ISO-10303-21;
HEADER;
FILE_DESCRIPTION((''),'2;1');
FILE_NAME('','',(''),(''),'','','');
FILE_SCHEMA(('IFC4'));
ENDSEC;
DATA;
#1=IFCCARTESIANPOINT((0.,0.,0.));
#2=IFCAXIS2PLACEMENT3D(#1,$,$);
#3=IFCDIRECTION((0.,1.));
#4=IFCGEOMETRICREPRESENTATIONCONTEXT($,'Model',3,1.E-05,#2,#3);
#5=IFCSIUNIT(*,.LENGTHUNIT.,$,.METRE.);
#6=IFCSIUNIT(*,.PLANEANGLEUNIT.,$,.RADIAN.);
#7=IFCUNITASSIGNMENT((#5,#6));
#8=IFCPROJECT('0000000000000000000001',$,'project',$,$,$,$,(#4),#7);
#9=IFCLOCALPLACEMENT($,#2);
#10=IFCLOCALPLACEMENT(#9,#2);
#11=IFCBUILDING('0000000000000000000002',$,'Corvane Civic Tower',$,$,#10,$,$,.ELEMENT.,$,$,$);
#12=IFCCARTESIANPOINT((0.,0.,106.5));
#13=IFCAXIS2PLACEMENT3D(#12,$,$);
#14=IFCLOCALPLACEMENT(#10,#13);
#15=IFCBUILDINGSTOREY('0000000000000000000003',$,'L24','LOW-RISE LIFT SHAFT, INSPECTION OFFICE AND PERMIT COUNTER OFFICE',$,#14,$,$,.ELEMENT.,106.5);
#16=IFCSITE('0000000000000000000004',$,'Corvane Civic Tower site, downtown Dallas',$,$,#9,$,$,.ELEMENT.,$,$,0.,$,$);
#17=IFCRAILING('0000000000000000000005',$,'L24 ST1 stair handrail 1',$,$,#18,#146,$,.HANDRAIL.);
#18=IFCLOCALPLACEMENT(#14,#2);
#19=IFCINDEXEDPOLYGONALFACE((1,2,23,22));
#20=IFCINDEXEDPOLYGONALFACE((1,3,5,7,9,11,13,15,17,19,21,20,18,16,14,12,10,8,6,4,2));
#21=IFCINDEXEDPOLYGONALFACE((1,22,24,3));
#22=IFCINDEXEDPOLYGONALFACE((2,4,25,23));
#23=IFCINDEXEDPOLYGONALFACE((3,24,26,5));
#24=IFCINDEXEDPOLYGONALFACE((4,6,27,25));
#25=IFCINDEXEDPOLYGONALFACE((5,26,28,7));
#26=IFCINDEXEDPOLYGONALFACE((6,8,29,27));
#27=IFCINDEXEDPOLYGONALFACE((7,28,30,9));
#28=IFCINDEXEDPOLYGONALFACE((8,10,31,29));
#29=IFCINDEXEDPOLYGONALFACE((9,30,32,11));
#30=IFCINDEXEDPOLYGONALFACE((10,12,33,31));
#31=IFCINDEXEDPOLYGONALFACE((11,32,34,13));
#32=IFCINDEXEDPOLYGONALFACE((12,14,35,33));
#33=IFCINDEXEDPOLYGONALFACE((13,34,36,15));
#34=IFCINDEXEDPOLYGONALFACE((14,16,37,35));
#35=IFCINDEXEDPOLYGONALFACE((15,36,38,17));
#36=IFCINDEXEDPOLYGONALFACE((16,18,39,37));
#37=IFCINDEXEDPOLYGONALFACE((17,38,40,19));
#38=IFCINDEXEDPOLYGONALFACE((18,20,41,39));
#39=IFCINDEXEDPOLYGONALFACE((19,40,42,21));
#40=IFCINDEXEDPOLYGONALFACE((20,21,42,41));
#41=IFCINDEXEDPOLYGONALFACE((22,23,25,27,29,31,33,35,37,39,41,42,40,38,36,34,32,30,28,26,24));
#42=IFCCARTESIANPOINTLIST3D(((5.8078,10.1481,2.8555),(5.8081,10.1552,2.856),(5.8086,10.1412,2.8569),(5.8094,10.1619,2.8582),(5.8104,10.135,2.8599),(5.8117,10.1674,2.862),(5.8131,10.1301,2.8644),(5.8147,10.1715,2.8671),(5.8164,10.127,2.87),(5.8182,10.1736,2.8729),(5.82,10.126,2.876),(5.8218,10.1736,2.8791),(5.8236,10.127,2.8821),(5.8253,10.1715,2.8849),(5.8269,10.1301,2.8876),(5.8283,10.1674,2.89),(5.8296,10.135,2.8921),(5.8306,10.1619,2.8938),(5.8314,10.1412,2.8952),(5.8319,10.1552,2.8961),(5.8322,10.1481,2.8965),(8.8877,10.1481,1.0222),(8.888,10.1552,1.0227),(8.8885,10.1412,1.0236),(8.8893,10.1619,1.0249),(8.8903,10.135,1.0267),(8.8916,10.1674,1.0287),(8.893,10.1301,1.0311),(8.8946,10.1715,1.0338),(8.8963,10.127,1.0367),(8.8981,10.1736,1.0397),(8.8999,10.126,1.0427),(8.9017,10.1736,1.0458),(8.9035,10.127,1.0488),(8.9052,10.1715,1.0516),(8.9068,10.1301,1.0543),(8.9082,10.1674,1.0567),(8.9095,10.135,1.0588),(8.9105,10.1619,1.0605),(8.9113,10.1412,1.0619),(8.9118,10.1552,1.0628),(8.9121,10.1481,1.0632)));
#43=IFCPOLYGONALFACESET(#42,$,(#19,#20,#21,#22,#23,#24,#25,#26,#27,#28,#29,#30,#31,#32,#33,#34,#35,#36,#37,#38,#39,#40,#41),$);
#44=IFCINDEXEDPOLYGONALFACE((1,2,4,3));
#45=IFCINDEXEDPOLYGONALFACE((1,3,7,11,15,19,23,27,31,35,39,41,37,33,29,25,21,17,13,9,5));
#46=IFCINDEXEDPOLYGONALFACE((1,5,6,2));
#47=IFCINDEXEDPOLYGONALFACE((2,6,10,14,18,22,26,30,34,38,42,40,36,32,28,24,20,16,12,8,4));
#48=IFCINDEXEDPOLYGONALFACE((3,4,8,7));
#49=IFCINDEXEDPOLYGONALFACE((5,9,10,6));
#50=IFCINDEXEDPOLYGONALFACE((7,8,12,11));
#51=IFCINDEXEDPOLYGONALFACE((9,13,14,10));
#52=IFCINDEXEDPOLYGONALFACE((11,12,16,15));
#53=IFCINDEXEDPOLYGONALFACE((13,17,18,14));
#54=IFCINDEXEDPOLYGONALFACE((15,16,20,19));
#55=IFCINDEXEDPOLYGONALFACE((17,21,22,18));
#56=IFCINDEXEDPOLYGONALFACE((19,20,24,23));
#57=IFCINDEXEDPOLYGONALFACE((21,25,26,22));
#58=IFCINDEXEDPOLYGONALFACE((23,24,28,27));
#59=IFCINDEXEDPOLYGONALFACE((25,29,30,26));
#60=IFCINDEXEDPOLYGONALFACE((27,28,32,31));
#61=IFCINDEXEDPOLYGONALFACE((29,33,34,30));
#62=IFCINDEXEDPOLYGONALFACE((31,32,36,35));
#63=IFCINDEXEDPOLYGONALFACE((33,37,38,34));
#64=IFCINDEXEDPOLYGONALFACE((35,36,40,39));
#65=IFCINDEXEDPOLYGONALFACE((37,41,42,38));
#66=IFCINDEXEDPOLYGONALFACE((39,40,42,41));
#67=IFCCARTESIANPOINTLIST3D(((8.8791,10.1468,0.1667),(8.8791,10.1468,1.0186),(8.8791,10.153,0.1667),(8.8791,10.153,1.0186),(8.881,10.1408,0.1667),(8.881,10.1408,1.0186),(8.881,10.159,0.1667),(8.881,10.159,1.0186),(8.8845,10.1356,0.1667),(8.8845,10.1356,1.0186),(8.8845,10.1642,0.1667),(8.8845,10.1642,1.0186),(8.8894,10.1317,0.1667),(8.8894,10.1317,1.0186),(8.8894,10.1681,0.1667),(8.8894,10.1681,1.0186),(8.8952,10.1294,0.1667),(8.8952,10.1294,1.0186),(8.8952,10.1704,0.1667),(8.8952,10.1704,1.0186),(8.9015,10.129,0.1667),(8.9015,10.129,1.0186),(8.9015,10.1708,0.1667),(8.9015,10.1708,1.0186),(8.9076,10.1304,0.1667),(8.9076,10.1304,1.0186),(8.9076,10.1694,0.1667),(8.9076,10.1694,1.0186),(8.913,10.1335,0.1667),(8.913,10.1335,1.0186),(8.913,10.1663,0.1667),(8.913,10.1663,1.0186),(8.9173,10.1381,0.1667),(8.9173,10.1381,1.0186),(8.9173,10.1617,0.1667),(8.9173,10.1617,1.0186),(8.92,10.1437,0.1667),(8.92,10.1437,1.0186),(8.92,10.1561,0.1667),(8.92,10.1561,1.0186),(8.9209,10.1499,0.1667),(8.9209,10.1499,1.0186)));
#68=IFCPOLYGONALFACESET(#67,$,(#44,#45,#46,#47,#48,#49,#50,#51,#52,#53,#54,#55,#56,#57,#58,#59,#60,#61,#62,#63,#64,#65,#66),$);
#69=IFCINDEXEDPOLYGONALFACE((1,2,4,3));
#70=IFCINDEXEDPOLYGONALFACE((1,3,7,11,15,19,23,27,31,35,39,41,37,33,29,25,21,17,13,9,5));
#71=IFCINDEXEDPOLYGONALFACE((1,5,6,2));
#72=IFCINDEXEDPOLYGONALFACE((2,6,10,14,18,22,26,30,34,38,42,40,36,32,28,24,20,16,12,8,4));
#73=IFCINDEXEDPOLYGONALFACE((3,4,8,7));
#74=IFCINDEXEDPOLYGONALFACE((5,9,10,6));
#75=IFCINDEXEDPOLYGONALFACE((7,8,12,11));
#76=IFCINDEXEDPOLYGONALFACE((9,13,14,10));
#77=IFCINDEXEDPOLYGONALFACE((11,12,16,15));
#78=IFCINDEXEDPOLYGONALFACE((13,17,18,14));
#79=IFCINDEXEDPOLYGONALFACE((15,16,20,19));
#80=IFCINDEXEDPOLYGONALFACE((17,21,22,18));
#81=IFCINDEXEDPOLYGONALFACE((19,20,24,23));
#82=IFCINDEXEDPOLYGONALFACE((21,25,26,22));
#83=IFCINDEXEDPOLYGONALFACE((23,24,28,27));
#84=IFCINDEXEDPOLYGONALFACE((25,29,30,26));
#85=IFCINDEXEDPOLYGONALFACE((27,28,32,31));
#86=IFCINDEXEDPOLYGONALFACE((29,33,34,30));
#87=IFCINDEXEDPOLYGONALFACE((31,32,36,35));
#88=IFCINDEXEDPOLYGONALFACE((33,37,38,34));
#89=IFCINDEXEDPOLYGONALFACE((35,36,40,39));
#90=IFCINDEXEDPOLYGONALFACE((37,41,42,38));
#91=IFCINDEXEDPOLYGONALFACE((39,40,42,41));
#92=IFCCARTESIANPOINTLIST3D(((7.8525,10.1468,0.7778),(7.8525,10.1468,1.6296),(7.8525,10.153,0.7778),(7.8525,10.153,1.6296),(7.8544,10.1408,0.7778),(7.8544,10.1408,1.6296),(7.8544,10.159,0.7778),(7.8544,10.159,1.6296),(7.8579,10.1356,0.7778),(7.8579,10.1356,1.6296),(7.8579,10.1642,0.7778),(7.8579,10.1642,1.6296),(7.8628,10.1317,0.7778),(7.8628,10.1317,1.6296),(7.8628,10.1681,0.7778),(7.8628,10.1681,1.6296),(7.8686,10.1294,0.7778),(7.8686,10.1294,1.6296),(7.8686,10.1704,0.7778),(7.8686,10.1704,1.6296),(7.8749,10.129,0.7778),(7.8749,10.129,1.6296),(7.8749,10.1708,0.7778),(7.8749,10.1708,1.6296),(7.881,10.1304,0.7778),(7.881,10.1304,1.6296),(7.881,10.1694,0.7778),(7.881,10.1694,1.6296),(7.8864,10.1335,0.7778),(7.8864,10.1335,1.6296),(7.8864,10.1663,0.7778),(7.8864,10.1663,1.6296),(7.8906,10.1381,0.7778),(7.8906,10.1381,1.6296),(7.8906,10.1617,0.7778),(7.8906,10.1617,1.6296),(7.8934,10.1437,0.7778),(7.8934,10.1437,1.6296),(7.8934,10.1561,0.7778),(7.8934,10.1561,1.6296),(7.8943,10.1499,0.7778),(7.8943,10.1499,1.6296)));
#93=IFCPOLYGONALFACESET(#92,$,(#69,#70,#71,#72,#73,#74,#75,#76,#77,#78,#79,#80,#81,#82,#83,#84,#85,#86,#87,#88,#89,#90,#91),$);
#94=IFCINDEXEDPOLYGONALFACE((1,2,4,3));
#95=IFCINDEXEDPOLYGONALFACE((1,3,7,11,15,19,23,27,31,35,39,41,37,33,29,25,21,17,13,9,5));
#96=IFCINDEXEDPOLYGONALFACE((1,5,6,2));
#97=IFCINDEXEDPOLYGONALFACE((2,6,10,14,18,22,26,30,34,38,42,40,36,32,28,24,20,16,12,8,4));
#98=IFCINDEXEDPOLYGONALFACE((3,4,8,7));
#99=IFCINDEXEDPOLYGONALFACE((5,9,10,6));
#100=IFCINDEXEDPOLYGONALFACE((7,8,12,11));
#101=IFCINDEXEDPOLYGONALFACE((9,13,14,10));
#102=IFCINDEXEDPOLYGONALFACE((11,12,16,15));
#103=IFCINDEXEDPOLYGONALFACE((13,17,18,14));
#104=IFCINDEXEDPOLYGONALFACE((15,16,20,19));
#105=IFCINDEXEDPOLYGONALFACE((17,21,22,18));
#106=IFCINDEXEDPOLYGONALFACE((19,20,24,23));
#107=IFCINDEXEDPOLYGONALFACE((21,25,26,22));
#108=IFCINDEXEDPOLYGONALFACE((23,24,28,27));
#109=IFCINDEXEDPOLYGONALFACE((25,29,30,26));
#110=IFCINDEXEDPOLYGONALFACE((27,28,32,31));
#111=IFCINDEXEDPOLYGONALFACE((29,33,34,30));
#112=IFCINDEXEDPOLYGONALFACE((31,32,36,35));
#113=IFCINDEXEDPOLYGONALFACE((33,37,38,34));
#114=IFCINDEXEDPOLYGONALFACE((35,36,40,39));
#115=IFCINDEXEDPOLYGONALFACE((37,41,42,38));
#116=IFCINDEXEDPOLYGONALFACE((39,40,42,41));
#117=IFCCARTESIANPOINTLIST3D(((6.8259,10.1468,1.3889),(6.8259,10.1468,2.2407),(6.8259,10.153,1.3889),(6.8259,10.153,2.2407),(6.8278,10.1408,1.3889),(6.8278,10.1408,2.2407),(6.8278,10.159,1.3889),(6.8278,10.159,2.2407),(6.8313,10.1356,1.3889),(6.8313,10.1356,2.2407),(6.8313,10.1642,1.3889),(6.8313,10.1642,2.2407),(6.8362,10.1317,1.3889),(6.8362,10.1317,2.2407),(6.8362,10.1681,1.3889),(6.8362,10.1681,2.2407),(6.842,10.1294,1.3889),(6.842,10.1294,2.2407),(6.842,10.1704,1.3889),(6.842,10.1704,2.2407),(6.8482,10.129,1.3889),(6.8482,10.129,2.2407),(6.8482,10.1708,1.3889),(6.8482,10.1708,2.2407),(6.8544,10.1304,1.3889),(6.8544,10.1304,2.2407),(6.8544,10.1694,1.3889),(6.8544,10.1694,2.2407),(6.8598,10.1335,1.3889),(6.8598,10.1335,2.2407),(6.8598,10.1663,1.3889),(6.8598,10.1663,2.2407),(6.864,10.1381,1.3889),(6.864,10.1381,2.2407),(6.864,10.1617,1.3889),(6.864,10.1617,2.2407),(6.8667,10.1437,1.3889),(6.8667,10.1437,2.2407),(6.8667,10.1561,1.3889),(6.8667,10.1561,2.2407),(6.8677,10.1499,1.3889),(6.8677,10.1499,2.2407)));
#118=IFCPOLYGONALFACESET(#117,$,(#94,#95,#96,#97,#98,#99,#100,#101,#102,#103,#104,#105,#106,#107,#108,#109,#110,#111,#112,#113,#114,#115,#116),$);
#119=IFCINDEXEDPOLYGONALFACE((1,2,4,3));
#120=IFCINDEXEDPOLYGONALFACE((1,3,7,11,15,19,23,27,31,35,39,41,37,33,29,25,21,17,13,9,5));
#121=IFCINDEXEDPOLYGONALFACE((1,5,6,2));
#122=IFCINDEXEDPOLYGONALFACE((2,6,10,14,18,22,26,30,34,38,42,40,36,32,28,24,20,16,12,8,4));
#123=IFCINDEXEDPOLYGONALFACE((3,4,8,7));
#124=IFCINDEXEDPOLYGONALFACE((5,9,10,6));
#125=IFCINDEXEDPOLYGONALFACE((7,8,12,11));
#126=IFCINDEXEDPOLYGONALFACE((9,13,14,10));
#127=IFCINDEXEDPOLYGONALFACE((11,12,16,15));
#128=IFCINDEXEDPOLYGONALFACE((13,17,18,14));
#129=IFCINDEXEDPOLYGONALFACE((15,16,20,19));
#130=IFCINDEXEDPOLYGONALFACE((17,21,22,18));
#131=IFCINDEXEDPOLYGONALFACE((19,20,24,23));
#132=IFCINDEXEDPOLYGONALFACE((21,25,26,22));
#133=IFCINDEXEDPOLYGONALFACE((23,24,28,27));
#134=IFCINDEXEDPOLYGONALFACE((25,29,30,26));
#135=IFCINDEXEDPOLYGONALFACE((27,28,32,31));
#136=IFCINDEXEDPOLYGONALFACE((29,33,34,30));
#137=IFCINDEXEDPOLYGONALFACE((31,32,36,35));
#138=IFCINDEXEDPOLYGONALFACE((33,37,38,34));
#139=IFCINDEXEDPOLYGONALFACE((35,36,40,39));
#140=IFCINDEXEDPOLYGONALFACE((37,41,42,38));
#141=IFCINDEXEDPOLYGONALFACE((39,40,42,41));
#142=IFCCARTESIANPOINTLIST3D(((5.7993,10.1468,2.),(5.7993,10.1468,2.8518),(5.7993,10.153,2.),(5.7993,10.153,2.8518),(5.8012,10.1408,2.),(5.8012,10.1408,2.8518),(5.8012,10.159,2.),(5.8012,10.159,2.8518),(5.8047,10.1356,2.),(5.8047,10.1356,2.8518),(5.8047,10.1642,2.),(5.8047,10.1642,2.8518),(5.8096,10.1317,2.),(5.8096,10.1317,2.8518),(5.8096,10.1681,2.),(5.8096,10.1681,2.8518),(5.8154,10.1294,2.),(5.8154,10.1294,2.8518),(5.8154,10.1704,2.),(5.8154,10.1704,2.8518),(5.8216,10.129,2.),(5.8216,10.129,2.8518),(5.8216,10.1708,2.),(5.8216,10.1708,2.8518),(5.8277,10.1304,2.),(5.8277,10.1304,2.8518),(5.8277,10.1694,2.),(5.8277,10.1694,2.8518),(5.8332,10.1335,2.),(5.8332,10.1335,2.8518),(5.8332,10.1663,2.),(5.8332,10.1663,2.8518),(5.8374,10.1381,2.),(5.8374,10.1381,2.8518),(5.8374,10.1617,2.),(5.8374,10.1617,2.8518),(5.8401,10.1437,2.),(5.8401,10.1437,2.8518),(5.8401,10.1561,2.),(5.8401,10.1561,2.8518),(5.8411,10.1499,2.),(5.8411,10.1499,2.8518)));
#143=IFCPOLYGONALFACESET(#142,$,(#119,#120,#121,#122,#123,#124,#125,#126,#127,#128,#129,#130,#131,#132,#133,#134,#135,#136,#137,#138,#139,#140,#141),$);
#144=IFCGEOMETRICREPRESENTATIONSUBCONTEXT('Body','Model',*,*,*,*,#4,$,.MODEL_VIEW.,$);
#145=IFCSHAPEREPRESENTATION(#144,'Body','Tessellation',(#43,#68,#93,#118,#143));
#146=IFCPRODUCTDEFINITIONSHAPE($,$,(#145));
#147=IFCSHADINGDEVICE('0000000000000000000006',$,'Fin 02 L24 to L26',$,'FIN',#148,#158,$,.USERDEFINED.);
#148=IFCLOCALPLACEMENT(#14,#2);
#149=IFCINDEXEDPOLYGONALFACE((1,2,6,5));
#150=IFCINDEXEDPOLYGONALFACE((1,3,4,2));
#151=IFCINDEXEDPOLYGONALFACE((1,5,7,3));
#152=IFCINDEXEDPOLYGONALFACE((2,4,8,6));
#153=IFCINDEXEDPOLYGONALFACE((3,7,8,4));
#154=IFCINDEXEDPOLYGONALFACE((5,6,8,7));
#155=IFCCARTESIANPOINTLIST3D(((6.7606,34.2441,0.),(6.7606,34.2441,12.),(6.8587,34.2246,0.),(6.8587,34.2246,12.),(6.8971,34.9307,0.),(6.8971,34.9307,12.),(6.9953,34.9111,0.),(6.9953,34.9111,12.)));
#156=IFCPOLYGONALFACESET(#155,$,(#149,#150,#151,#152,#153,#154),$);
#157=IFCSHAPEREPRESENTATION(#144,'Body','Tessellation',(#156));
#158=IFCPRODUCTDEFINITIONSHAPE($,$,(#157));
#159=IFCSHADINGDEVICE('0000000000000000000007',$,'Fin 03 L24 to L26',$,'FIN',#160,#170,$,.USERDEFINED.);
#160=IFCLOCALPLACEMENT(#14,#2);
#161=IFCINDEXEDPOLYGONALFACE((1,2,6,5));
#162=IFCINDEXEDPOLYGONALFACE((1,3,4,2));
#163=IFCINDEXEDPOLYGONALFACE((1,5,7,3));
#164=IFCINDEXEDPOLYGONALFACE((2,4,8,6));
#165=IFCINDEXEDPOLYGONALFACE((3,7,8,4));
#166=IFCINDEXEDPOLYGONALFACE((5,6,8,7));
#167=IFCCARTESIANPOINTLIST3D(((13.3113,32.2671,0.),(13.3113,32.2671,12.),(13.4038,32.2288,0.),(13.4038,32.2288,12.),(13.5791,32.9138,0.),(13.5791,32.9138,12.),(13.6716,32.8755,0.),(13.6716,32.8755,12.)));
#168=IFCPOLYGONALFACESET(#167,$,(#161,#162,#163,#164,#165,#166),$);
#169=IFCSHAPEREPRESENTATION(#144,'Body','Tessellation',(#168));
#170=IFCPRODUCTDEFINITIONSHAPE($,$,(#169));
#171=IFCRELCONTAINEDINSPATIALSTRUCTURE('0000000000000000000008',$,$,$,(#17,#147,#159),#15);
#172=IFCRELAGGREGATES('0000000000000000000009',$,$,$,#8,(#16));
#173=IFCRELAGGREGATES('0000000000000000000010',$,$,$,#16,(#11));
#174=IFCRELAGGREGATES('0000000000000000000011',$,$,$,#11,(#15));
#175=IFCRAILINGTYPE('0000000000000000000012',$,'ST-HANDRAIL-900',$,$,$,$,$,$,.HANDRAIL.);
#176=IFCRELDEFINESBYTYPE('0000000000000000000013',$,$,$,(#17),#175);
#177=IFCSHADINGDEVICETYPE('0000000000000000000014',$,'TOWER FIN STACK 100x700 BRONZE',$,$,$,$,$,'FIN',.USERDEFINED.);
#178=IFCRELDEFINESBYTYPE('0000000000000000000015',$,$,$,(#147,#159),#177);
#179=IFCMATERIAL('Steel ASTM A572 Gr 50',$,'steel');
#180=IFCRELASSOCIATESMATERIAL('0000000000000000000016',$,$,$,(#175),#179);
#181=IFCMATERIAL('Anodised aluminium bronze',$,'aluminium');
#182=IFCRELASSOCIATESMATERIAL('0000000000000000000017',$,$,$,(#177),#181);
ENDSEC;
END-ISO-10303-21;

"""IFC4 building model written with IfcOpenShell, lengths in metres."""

from ifc_helpers import new_model, si_unit, direction, frame, origin, origin_2d, place, context, subcontext, project, spatial, rectangle, circle, extrude, material, material_profile, profile_set, type_object, element, save


model = new_model("IFC4")

# Units and contexts
model_context = context("Model", 3, precision=1e-05, world=origin(), true_north=direction((0.0, 1.0)))
body_context = subcontext(model_context, "Body", "Model", "MODEL_VIEW")
ifc_project = project(units=[si_unit("LENGTHUNIT", "METRE"), si_unit("PLANEANGLEUNIT", "RADIAN")], contexts=[model_context])

# Site, building, storey
site_placement = place(None, origin())
site = spatial("IfcSite", under=ifc_project, at=site_placement, Name="Corvane Civic Tower site, downtown Dallas", CompositionType="ELEMENT", RefElevation=0.0)
building_placement = place(site_placement, origin())
building = spatial("IfcBuilding", under=site, at=building_placement, Name="Corvane Civic Tower", CompositionType="ELEMENT")
storey_placement = place(building_placement, frame((0.0, 0.0, 106.5)))
storey = spatial("IfcBuildingStorey", under=building, at=storey_placement, Name="L24", Description="LOW-RISE LIFT SHAFT, INSPECTION OFFICE AND PERMIT COUNTER OFFICE", CompositionType="ELEMENT", Elevation=106.5)

# Railing
ifc_material_1 = material(Name="Steel ASTM A572 Gr 50", Category="steel")
railing_type_1 = type_object("IfcRailingType", Name="ST-HANDRAIL-900", PredefinedType="HANDRAIL", material=ifc_material_1)
railing_1_placement = place(storey_placement, frame((8.8999, 10.1499, 0.1667)))
element("IfcRailing", 1, at=railing_1_placement, inside=storey, type_object=railing_type_1, Name="L24 ST1 stair handrail 1", PredefinedType="HANDRAIL", context=body_context, shape_type="SweptSolid", body=[
    extrude(circle(Radius=0.0239, at=origin_2d()), frame((0.0, 0.0, 0.876), z_axis=(-0.859291, 0.0, 0.511487), x_axis=(0.0, -1.0, 0.0)), (0.0, 0.0, 1.0), 3.5842),
    extrude(circle(Radius=0.021, at=origin_2d()), origin(), (0.0, 0.0, 1.0), 0.8518),
    extrude(circle(Radius=0.021, at=origin_2d()), frame((-1.0266, 0.0, 0.6111)), (0.0, 0.0, 1.0), 0.8518),
    extrude(circle(Radius=0.021, at=origin_2d()), frame((-2.0532, 0.0, 1.2222)), (0.0, 0.0, 1.0), 0.8518),
    extrude(circle(Radius=0.021, at=origin_2d()), frame((-3.0798, 0.0, 1.8333)), (0.0, 0.0, 1.0), 0.8518),
])

# Shading devices
ifc_material_2 = material(Name="Anodised aluminium bronze", Category="aluminium")
ifc_material_profile_1 = material_profile(ifc_material_2, rectangle(XDim=0.1001, YDim=0.7, at=origin_2d()), Name="TOWER FIN STACK 100x700 BRONZE")
ifc_profile_set_1 = profile_set([ifc_material_profile_1], Name="Anodised aluminium bronze")
shading_device_type = type_object("IfcShadingDeviceType", Name="TOWER FIN STACK 100x700 BRONZE", ElementType="FIN", PredefinedType="USERDEFINED", material=ifc_profile_set_1)
for number, where, z_axis, x_axis, name in (
    (2, (6.8779, 34.5776, 0.0), (0.0, 0.0, 1.0), (0.980785, -0.19509, 0.0), "Fin 02 L24 to L26"),
    (3, (13.4915, 32.5713, 0.0), (0.0, 0.0, 1.0), (0.92388, -0.382683, 0.0), "Fin 03 L24 to L26"),
):
    element("IfcShadingDevice", number, at=place(storey_placement, frame(where, z_axis=z_axis, x_axis=x_axis)), inside=storey, type_object=shading_device_type, Name=name, ObjectType="FIN", PredefinedType="USERDEFINED", context=body_context, shape_type="SweptSolid", body=[
        extrude(rectangle(XDim=0.1001, YDim=0.7, at=origin_2d()), origin(), (0.0, 0.0, 1.0), 12.0),
    ])

save(model, "model.ifc")
